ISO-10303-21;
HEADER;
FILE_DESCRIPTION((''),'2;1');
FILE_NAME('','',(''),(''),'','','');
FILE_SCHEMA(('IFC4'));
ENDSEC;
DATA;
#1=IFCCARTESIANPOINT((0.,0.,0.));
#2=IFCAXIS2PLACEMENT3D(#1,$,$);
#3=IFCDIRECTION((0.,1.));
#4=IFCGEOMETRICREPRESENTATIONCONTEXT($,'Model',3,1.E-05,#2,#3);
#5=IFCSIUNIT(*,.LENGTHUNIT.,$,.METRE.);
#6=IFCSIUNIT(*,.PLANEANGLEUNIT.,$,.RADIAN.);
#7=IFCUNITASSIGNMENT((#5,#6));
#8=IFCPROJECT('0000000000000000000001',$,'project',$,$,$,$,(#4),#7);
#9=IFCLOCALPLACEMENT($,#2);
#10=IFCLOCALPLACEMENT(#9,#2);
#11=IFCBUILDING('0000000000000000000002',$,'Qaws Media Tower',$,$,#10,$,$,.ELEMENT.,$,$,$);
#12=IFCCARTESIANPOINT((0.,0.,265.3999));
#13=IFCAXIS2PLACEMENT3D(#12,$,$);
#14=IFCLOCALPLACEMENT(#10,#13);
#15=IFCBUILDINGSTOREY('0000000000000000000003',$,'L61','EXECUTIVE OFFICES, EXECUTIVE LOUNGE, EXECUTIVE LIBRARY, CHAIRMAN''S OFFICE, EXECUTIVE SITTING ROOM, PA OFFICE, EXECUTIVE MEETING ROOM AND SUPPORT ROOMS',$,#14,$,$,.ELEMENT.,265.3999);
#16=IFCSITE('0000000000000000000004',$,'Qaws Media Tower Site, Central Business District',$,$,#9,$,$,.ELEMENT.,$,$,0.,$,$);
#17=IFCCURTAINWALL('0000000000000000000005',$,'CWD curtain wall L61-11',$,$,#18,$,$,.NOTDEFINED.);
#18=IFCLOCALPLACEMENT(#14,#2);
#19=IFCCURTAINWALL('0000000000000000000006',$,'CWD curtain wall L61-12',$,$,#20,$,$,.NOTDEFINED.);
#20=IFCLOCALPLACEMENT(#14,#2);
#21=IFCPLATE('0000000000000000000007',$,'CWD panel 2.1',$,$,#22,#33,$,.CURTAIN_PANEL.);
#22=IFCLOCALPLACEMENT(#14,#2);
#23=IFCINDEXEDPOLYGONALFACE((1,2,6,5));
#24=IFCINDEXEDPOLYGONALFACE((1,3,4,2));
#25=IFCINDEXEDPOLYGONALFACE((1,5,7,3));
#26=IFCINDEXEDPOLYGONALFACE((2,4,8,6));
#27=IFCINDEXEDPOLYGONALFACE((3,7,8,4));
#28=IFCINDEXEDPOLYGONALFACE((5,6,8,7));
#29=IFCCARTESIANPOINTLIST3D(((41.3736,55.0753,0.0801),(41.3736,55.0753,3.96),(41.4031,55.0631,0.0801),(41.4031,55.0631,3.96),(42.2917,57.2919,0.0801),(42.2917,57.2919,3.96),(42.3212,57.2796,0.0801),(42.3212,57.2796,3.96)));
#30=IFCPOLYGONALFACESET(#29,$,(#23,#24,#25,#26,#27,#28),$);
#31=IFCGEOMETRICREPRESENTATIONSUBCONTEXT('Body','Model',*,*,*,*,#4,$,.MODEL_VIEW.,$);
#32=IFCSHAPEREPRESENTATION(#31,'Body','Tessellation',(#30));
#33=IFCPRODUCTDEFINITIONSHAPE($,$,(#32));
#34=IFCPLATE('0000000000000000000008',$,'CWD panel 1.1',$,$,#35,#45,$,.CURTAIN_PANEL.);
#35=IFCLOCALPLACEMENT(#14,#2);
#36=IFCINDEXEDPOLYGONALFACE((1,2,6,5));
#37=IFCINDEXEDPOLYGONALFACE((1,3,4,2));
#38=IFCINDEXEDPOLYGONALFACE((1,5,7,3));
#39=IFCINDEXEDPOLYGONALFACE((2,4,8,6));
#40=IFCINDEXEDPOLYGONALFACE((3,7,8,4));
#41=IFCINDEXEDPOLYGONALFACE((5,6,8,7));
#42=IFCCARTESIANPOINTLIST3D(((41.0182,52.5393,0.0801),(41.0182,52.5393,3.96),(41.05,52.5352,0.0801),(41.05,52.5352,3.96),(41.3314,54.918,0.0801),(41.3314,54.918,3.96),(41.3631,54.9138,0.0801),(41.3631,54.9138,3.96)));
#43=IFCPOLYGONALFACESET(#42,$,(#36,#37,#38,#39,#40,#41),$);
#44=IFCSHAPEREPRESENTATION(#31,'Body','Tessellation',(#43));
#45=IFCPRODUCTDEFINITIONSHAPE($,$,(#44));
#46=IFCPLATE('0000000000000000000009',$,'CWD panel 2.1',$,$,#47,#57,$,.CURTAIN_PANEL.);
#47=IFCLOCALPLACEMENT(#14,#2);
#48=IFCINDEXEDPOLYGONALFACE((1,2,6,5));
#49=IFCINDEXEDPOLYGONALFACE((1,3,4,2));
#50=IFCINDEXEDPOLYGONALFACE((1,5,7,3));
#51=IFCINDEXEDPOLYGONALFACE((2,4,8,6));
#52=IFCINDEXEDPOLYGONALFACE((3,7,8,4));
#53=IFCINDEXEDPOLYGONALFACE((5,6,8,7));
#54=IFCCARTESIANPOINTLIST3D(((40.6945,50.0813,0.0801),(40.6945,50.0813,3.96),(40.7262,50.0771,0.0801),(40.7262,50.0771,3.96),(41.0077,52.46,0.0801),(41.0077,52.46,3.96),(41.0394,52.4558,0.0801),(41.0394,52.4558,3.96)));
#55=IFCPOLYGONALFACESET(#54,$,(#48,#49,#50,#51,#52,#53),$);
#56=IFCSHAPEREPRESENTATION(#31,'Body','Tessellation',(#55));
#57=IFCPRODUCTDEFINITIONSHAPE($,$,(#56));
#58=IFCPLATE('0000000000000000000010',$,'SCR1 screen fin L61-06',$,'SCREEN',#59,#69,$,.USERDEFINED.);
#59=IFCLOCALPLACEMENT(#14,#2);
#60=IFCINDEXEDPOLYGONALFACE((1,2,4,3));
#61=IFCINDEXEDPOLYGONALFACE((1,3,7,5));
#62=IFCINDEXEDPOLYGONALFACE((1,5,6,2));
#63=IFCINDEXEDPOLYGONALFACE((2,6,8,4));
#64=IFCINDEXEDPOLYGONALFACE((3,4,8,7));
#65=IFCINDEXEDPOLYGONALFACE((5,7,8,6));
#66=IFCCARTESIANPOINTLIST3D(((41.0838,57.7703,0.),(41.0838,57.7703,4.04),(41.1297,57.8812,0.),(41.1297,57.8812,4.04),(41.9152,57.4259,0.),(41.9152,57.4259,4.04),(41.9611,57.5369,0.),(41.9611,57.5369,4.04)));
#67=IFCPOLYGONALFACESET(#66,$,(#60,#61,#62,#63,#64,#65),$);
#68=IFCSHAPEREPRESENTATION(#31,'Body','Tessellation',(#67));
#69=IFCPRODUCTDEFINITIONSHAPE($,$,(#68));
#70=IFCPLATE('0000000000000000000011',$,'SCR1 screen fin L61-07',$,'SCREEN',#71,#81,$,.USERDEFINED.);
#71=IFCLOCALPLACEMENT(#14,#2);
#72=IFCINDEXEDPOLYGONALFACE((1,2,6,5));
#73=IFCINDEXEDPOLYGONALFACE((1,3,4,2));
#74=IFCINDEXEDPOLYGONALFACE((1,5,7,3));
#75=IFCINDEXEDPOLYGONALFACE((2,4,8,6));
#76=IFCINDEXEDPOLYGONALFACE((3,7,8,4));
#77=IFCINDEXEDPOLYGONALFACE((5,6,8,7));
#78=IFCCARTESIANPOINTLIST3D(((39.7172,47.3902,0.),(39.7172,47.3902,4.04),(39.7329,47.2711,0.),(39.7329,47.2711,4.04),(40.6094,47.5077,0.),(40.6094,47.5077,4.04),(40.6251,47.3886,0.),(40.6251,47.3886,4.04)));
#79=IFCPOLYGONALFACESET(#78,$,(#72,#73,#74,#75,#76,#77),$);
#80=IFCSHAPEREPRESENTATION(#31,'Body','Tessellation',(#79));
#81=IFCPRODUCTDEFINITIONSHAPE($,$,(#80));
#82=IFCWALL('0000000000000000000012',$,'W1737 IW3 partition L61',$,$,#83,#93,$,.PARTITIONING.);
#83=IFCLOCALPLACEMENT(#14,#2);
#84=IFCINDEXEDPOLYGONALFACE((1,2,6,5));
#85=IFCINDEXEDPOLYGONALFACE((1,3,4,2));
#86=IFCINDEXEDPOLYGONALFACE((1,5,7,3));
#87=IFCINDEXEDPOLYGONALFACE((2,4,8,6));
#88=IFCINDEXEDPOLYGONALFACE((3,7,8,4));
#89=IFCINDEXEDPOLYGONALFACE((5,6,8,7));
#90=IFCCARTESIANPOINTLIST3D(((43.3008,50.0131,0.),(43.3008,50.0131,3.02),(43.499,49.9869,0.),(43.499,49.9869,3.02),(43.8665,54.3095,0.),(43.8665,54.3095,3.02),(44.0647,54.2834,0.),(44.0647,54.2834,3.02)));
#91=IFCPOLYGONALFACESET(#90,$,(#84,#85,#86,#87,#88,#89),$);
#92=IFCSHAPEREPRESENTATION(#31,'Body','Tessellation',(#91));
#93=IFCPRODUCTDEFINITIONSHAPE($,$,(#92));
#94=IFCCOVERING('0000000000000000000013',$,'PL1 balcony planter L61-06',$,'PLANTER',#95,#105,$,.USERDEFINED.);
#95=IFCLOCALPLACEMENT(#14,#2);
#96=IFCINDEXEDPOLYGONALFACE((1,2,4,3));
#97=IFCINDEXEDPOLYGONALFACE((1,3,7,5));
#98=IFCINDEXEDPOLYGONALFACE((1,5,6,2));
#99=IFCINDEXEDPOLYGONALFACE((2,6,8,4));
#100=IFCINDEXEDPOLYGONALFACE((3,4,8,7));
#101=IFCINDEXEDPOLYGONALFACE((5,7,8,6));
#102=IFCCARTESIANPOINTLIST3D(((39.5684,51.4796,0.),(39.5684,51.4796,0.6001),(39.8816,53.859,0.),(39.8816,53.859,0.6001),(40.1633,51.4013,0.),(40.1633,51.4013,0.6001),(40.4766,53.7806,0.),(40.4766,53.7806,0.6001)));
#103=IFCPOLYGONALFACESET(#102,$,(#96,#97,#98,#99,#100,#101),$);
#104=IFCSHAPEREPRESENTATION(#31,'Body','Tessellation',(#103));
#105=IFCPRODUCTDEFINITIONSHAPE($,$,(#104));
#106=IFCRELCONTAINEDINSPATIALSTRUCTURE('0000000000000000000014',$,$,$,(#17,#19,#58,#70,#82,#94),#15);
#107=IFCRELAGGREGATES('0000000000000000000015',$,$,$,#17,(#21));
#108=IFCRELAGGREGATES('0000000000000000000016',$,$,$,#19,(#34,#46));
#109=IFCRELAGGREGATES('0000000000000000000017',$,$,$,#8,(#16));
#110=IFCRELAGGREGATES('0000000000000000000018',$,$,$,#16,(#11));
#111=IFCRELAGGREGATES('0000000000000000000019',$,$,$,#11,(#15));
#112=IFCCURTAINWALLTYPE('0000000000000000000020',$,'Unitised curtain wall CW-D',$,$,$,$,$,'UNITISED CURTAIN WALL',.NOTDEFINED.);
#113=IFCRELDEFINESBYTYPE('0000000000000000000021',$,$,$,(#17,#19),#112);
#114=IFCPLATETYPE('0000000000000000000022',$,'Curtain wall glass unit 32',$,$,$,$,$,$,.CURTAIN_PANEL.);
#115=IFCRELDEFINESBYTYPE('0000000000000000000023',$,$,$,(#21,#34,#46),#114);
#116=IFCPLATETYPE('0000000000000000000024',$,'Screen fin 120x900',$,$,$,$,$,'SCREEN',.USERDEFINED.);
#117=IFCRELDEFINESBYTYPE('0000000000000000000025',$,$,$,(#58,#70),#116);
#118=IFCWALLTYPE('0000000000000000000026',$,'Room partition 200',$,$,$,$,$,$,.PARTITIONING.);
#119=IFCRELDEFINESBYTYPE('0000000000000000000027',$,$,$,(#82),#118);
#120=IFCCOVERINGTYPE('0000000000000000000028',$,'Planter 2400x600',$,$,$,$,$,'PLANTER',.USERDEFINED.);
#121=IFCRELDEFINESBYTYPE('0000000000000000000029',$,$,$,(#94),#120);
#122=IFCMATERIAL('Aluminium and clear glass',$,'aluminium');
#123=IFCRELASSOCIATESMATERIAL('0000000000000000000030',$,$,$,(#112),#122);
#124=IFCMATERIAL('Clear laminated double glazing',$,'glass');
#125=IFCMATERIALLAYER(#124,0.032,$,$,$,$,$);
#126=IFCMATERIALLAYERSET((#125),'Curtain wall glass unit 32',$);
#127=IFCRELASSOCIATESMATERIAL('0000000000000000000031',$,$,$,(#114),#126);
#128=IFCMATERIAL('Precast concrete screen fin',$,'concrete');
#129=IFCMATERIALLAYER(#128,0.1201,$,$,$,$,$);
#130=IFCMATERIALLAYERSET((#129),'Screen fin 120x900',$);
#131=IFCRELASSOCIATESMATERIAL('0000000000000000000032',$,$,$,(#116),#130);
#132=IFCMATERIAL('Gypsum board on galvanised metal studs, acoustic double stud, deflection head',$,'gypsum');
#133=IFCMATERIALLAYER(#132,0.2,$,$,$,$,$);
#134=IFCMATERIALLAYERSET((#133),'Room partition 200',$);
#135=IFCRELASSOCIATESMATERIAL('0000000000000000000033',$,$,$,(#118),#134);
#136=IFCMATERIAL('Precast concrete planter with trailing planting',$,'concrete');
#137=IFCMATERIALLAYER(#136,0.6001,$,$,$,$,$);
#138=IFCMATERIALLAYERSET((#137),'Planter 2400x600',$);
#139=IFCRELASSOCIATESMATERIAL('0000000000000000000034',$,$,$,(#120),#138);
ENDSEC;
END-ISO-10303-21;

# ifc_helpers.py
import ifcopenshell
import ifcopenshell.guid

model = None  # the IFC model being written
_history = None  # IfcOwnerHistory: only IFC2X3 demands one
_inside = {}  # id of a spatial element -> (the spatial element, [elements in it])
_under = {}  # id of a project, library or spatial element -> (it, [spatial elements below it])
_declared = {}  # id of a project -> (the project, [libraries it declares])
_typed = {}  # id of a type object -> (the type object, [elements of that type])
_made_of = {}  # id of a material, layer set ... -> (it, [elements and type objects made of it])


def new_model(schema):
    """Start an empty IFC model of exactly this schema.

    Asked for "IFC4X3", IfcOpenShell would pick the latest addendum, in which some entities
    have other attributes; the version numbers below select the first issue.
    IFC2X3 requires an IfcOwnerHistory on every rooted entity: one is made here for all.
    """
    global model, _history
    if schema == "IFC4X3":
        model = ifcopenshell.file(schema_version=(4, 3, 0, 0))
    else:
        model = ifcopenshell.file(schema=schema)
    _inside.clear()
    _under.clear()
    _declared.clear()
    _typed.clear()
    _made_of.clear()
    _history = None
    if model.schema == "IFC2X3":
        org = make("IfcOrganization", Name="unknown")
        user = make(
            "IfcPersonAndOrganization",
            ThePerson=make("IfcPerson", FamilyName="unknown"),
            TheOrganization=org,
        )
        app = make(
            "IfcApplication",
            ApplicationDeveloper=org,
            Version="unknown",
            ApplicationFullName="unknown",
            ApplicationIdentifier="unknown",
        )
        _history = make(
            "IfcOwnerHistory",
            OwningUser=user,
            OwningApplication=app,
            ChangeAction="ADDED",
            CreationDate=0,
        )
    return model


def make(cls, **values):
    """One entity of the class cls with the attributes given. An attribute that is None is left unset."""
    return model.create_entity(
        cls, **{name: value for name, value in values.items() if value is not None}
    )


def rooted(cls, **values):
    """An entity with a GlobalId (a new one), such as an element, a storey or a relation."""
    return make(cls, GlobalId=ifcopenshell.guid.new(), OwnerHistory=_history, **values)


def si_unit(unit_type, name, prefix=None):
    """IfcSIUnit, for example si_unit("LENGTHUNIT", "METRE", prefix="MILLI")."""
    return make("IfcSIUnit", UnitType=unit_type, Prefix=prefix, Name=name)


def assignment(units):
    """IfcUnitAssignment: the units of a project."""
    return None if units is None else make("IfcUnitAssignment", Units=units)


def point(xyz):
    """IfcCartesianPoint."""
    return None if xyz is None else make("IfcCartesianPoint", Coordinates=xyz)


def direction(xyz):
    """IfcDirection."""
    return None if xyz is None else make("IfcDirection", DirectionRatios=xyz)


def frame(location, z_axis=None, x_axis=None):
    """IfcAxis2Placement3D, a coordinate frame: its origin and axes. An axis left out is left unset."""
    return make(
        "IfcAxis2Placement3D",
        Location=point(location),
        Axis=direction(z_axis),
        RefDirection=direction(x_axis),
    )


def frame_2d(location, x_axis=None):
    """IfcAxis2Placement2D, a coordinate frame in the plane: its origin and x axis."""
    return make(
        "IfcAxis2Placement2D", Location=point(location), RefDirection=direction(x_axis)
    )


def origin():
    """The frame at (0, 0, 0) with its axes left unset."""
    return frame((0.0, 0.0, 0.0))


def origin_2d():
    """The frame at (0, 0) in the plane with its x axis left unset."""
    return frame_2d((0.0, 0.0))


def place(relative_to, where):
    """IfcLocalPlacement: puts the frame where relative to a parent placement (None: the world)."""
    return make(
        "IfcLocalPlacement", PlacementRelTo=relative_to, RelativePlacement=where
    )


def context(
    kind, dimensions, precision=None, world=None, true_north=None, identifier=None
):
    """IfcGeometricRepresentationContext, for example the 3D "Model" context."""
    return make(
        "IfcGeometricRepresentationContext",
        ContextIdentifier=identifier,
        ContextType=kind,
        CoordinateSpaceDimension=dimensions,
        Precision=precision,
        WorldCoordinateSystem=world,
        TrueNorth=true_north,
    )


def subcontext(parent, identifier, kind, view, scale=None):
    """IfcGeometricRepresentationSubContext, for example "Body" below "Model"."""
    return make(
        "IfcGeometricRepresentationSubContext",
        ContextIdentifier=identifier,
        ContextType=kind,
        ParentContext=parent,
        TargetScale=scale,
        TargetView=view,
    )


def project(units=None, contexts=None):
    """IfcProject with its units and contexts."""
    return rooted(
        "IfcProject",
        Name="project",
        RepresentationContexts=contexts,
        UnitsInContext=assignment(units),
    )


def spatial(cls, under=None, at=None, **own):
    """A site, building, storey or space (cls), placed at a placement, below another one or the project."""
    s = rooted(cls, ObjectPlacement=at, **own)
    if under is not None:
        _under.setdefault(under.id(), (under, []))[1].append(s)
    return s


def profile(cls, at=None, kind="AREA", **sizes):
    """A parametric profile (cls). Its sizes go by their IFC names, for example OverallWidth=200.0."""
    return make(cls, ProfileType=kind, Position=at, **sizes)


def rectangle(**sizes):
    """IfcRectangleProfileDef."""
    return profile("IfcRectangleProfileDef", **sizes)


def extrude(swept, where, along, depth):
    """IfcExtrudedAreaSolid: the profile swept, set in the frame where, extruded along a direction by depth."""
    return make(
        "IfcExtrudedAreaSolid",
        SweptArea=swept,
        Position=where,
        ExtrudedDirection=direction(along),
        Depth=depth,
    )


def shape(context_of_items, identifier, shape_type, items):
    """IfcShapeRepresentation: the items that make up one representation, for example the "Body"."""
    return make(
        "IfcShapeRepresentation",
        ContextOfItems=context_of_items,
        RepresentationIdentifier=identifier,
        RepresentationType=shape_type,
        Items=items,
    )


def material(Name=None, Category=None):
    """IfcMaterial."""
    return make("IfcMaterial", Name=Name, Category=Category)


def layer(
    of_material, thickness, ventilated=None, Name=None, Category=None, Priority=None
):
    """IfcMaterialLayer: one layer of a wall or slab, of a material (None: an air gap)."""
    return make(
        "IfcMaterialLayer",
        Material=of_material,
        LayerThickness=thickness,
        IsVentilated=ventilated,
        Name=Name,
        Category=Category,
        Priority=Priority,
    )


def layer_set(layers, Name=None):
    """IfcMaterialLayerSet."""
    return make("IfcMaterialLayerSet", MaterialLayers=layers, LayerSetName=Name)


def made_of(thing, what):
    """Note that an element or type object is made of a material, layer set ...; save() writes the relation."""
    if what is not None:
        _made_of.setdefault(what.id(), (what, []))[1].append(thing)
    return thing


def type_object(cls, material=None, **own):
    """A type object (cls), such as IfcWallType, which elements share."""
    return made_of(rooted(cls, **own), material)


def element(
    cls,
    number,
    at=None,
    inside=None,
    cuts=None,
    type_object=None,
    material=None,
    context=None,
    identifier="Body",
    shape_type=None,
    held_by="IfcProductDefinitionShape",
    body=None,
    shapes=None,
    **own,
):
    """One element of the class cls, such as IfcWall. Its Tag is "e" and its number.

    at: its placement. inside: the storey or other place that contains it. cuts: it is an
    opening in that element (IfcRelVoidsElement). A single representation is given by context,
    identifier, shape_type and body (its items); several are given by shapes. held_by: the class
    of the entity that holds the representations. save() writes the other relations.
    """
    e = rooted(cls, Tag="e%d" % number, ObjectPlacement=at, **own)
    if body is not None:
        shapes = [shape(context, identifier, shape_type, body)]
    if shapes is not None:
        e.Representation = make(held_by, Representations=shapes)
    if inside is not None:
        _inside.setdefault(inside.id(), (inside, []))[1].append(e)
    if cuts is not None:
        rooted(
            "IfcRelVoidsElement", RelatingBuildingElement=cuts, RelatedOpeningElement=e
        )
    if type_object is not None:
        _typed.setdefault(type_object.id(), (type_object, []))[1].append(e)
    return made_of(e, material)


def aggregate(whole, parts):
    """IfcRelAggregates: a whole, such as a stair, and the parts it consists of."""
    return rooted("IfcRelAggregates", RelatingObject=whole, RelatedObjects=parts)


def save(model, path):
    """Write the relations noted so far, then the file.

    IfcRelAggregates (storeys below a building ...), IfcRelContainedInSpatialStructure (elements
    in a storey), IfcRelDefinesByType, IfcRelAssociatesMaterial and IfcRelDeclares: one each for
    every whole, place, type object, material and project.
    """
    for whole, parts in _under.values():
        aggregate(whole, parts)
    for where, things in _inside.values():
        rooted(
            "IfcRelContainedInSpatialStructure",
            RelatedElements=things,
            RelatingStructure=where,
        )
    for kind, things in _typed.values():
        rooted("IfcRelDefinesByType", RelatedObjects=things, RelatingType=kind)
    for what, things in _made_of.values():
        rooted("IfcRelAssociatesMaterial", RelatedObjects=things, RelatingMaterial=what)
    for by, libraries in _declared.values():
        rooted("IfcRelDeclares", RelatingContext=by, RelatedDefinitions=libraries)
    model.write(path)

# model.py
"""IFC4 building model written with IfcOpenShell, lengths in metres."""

from ifc_helpers import new_model, si_unit, direction, frame, frame_2d, origin, origin_2d, place, context, subcontext, project, spatial, rectangle, extrude, material, layer, layer_set, type_object, element, aggregate, save


model = new_model("IFC4")

# Units and contexts
model_context = context("Model", 3, precision=1e-05, world=origin(), true_north=direction((0.0, 1.0)))
body_context = subcontext(model_context, "Body", "Model", "MODEL_VIEW")
ifc_project = project(units=[si_unit("LENGTHUNIT", "METRE"), si_unit("PLANEANGLEUNIT", "RADIAN")], contexts=[model_context])

# Site, building, storey
site_placement = place(None, origin())
site = spatial("IfcSite", under=ifc_project, at=site_placement, Name="Qaws Media Tower Site, Central Business District", CompositionType="ELEMENT", RefElevation=0.0)
building_placement = place(site_placement, origin())
building = spatial("IfcBuilding", under=site, at=building_placement, Name="Qaws Media Tower", CompositionType="ELEMENT")
storey_placement = place(building_placement, frame((0.0, 0.0, 265.3999)))
storey = spatial("IfcBuildingStorey", under=building, at=storey_placement, Name="L61", Description="EXECUTIVE OFFICES, EXECUTIVE LOUNGE, EXECUTIVE LIBRARY, CHAIRMAN'S OFFICE, EXECUTIVE SITTING ROOM, PA OFFICE, EXECUTIVE MEETING ROOM AND SUPPORT ROOMS", CompositionType="ELEMENT", Elevation=265.3999)

# Curtain walls
ifc_material_1 = material(Name="Aluminium and clear glass", Category="aluminium")
curtain_wall_type = type_object("IfcCurtainWallType", Name="Unitised curtain wall CW-D", ElementType="UNITISED CURTAIN WALL", PredefinedType="NOTDEFINED", material=ifc_material_1)
curtain_wall_1_placement = place(storey_placement, origin())
curtain_wall_1 = element("IfcCurtainWall", 1, at=curtain_wall_1_placement, inside=storey, type_object=curtain_wall_type, Name="CWD curtain wall L61-11", PredefinedType="NOTDEFINED")
curtain_wall_2_placement = place(storey_placement, origin())
curtain_wall_2 = element("IfcCurtainWall", 2, at=curtain_wall_2_placement, inside=storey, type_object=curtain_wall_type, Name="CWD curtain wall L61-12", PredefinedType="NOTDEFINED")

# Plates
ifc_material_2 = material(Name="Clear laminated double glazing", Category="glass")
ifc_layer_1 = layer(ifc_material_2, 0.032)
ifc_layer_set_1 = layer_set([ifc_layer_1], Name="Curtain wall glass unit 32")
plate_type_1 = type_object("IfcPlateType", Name="Curtain wall glass unit 32", PredefinedType="CURTAIN_PANEL", material=ifc_layer_set_1)
plate_1_placement = place(storey_placement, frame((41.8474, 56.1775, 0.0801), z_axis=(0.0, 0.0, 1.0), x_axis=(-0.382683, -0.92388, 0.0)))
plate_1 = element("IfcPlate", 3, at=plate_1_placement, type_object=plate_type_1, Name="CWD panel 2.1", PredefinedType="CURTAIN_PANEL", context=body_context, shape_type="SweptSolid", body=[
    extrude(rectangle(XDim=2.3992, YDim=0.032, at=origin_2d()), origin(), (0.0, 0.0, 1.0), 3.8799),
])
aggregate(curtain_wall_1, [plate_1])
plate_2_placement = place(storey_placement, frame((41.1907, 53.7266, 0.0801), z_axis=(0.0, 0.0, 1.0), x_axis=(-0.130526, -0.991445, 0.0)))
plate_2 = element("IfcPlate", 4, at=plate_2_placement, type_object=plate_type_1, Name="CWD panel 1.1", PredefinedType="CURTAIN_PANEL", context=body_context, shape_type="SweptSolid", body=[
    extrude(rectangle(XDim=2.3992, YDim=0.032, at=origin_2d()), origin(), (0.0, 0.0, 1.0), 3.8799),
])
plate_3_placement = place(storey_placement, frame((40.8669, 51.2686, 0.0801), z_axis=(0.0, 0.0, 1.0), x_axis=(-0.130526, -0.991445, 0.0)))
plate_3 = element("IfcPlate", 5, at=plate_3_placement, type_object=plate_type_1, Name="CWD panel 2.1", PredefinedType="CURTAIN_PANEL", context=body_context, shape_type="SweptSolid", body=[
    extrude(rectangle(XDim=2.3992, YDim=0.032, at=origin_2d()), origin(), (0.0, 0.0, 1.0), 3.8799),
])
aggregate(curtain_wall_2, [plate_2, plate_3])

# Plates
ifc_material_3 = material(Name="Precast concrete screen fin", Category="concrete")
ifc_layer_2 = layer(ifc_material_3, 0.1201)
ifc_layer_set_2 = layer_set([ifc_layer_2], Name="Screen fin 120x900")
plate_type_2 = type_object("IfcPlateType", Name="Screen fin 120x900", ElementType="SCREEN", PredefinedType="USERDEFINED", material=ifc_layer_set_2)
for number, where, z_axis, x_axis, name in (
    (6, (41.5225, 57.6536, 0.0), (0.0, 0.0, 1.0), (-0.92388, 0.382683, 0.0), "SCR1 screen fin L61-06"),
    (7, (40.1711, 47.3894, 0.0), (0.0, 0.0, 1.0), (-0.991445, -0.130526, 0.0), "SCR1 screen fin L61-07"),
):
    element("IfcPlate", number, at=place(storey_placement, frame(where, z_axis=z_axis, x_axis=x_axis)), inside=storey, type_object=plate_type_2, Name=name, ObjectType="SCREEN", PredefinedType="USERDEFINED", context=body_context, shape_type="SweptSolid", body=[
        extrude(rectangle(XDim=0.8999, YDim=0.1201, at=origin_2d()), origin(), (0.0, 0.0, 1.0), 4.04),
    ])

# Wall
ifc_material_4 = material(Name="Gypsum board on galvanised metal studs, acoustic double stud, deflection head", Category="gypsum")
ifc_layer_3 = layer(ifc_material_4, 0.2)
ifc_layer_set_3 = layer_set([ifc_layer_3], Name="Room partition 200")
wall_type_1 = type_object("IfcWallType", Name="Room partition 200", PredefinedType="PARTITIONING", material=ifc_layer_set_3)
wall_1_placement = place(storey_placement, frame((43.3999, 50.0, 0.0), z_axis=(0.0, 0.0, 1.0), x_axis=(0.130536, 0.991444, 0.0)))
element("IfcWall", 8, at=wall_1_placement, inside=storey, type_object=wall_type_1, Name="W1737 IW3 partition L61", PredefinedType="PARTITIONING", context=body_context, shape_type="SweptSolid", body=[
    extrude(rectangle(XDim=4.3335, YDim=0.2, at=frame_2d((2.1667, 0.0))), origin(), (0.0, 0.0, 1.0), 3.02),
])

# Covering
ifc_material_5 = material(Name="Precast concrete planter with trailing planting", Category="concrete")
ifc_layer_4 = layer(ifc_material_5, 0.6001)
ifc_layer_set_4 = layer_set([ifc_layer_4], Name="Planter 2400x600")
covering_type = type_object("IfcCoveringType", Name="Planter 2400x600", ElementType="PLANTER", PredefinedType="USERDEFINED", material=ifc_layer_set_4)
covering_placement = place(storey_placement, frame((40.0225, 52.6301, 0.0), z_axis=(0.0, 0.0, 1.0), x_axis=(-0.130526, -0.991445, 0.0)))
element("IfcCovering", 9, at=covering_placement, inside=storey, type_object=covering_type, Name="PL1 balcony planter L61-06", ObjectType="PLANTER", PredefinedType="USERDEFINED", context=body_context, shape_type="SweptSolid", body=[
    extrude(rectangle(XDim=2.3999, YDim=0.6001, at=origin_2d()), origin(), (0.0, 0.0, 1.0), 0.6001),
])

save(model, "model.ifc")
